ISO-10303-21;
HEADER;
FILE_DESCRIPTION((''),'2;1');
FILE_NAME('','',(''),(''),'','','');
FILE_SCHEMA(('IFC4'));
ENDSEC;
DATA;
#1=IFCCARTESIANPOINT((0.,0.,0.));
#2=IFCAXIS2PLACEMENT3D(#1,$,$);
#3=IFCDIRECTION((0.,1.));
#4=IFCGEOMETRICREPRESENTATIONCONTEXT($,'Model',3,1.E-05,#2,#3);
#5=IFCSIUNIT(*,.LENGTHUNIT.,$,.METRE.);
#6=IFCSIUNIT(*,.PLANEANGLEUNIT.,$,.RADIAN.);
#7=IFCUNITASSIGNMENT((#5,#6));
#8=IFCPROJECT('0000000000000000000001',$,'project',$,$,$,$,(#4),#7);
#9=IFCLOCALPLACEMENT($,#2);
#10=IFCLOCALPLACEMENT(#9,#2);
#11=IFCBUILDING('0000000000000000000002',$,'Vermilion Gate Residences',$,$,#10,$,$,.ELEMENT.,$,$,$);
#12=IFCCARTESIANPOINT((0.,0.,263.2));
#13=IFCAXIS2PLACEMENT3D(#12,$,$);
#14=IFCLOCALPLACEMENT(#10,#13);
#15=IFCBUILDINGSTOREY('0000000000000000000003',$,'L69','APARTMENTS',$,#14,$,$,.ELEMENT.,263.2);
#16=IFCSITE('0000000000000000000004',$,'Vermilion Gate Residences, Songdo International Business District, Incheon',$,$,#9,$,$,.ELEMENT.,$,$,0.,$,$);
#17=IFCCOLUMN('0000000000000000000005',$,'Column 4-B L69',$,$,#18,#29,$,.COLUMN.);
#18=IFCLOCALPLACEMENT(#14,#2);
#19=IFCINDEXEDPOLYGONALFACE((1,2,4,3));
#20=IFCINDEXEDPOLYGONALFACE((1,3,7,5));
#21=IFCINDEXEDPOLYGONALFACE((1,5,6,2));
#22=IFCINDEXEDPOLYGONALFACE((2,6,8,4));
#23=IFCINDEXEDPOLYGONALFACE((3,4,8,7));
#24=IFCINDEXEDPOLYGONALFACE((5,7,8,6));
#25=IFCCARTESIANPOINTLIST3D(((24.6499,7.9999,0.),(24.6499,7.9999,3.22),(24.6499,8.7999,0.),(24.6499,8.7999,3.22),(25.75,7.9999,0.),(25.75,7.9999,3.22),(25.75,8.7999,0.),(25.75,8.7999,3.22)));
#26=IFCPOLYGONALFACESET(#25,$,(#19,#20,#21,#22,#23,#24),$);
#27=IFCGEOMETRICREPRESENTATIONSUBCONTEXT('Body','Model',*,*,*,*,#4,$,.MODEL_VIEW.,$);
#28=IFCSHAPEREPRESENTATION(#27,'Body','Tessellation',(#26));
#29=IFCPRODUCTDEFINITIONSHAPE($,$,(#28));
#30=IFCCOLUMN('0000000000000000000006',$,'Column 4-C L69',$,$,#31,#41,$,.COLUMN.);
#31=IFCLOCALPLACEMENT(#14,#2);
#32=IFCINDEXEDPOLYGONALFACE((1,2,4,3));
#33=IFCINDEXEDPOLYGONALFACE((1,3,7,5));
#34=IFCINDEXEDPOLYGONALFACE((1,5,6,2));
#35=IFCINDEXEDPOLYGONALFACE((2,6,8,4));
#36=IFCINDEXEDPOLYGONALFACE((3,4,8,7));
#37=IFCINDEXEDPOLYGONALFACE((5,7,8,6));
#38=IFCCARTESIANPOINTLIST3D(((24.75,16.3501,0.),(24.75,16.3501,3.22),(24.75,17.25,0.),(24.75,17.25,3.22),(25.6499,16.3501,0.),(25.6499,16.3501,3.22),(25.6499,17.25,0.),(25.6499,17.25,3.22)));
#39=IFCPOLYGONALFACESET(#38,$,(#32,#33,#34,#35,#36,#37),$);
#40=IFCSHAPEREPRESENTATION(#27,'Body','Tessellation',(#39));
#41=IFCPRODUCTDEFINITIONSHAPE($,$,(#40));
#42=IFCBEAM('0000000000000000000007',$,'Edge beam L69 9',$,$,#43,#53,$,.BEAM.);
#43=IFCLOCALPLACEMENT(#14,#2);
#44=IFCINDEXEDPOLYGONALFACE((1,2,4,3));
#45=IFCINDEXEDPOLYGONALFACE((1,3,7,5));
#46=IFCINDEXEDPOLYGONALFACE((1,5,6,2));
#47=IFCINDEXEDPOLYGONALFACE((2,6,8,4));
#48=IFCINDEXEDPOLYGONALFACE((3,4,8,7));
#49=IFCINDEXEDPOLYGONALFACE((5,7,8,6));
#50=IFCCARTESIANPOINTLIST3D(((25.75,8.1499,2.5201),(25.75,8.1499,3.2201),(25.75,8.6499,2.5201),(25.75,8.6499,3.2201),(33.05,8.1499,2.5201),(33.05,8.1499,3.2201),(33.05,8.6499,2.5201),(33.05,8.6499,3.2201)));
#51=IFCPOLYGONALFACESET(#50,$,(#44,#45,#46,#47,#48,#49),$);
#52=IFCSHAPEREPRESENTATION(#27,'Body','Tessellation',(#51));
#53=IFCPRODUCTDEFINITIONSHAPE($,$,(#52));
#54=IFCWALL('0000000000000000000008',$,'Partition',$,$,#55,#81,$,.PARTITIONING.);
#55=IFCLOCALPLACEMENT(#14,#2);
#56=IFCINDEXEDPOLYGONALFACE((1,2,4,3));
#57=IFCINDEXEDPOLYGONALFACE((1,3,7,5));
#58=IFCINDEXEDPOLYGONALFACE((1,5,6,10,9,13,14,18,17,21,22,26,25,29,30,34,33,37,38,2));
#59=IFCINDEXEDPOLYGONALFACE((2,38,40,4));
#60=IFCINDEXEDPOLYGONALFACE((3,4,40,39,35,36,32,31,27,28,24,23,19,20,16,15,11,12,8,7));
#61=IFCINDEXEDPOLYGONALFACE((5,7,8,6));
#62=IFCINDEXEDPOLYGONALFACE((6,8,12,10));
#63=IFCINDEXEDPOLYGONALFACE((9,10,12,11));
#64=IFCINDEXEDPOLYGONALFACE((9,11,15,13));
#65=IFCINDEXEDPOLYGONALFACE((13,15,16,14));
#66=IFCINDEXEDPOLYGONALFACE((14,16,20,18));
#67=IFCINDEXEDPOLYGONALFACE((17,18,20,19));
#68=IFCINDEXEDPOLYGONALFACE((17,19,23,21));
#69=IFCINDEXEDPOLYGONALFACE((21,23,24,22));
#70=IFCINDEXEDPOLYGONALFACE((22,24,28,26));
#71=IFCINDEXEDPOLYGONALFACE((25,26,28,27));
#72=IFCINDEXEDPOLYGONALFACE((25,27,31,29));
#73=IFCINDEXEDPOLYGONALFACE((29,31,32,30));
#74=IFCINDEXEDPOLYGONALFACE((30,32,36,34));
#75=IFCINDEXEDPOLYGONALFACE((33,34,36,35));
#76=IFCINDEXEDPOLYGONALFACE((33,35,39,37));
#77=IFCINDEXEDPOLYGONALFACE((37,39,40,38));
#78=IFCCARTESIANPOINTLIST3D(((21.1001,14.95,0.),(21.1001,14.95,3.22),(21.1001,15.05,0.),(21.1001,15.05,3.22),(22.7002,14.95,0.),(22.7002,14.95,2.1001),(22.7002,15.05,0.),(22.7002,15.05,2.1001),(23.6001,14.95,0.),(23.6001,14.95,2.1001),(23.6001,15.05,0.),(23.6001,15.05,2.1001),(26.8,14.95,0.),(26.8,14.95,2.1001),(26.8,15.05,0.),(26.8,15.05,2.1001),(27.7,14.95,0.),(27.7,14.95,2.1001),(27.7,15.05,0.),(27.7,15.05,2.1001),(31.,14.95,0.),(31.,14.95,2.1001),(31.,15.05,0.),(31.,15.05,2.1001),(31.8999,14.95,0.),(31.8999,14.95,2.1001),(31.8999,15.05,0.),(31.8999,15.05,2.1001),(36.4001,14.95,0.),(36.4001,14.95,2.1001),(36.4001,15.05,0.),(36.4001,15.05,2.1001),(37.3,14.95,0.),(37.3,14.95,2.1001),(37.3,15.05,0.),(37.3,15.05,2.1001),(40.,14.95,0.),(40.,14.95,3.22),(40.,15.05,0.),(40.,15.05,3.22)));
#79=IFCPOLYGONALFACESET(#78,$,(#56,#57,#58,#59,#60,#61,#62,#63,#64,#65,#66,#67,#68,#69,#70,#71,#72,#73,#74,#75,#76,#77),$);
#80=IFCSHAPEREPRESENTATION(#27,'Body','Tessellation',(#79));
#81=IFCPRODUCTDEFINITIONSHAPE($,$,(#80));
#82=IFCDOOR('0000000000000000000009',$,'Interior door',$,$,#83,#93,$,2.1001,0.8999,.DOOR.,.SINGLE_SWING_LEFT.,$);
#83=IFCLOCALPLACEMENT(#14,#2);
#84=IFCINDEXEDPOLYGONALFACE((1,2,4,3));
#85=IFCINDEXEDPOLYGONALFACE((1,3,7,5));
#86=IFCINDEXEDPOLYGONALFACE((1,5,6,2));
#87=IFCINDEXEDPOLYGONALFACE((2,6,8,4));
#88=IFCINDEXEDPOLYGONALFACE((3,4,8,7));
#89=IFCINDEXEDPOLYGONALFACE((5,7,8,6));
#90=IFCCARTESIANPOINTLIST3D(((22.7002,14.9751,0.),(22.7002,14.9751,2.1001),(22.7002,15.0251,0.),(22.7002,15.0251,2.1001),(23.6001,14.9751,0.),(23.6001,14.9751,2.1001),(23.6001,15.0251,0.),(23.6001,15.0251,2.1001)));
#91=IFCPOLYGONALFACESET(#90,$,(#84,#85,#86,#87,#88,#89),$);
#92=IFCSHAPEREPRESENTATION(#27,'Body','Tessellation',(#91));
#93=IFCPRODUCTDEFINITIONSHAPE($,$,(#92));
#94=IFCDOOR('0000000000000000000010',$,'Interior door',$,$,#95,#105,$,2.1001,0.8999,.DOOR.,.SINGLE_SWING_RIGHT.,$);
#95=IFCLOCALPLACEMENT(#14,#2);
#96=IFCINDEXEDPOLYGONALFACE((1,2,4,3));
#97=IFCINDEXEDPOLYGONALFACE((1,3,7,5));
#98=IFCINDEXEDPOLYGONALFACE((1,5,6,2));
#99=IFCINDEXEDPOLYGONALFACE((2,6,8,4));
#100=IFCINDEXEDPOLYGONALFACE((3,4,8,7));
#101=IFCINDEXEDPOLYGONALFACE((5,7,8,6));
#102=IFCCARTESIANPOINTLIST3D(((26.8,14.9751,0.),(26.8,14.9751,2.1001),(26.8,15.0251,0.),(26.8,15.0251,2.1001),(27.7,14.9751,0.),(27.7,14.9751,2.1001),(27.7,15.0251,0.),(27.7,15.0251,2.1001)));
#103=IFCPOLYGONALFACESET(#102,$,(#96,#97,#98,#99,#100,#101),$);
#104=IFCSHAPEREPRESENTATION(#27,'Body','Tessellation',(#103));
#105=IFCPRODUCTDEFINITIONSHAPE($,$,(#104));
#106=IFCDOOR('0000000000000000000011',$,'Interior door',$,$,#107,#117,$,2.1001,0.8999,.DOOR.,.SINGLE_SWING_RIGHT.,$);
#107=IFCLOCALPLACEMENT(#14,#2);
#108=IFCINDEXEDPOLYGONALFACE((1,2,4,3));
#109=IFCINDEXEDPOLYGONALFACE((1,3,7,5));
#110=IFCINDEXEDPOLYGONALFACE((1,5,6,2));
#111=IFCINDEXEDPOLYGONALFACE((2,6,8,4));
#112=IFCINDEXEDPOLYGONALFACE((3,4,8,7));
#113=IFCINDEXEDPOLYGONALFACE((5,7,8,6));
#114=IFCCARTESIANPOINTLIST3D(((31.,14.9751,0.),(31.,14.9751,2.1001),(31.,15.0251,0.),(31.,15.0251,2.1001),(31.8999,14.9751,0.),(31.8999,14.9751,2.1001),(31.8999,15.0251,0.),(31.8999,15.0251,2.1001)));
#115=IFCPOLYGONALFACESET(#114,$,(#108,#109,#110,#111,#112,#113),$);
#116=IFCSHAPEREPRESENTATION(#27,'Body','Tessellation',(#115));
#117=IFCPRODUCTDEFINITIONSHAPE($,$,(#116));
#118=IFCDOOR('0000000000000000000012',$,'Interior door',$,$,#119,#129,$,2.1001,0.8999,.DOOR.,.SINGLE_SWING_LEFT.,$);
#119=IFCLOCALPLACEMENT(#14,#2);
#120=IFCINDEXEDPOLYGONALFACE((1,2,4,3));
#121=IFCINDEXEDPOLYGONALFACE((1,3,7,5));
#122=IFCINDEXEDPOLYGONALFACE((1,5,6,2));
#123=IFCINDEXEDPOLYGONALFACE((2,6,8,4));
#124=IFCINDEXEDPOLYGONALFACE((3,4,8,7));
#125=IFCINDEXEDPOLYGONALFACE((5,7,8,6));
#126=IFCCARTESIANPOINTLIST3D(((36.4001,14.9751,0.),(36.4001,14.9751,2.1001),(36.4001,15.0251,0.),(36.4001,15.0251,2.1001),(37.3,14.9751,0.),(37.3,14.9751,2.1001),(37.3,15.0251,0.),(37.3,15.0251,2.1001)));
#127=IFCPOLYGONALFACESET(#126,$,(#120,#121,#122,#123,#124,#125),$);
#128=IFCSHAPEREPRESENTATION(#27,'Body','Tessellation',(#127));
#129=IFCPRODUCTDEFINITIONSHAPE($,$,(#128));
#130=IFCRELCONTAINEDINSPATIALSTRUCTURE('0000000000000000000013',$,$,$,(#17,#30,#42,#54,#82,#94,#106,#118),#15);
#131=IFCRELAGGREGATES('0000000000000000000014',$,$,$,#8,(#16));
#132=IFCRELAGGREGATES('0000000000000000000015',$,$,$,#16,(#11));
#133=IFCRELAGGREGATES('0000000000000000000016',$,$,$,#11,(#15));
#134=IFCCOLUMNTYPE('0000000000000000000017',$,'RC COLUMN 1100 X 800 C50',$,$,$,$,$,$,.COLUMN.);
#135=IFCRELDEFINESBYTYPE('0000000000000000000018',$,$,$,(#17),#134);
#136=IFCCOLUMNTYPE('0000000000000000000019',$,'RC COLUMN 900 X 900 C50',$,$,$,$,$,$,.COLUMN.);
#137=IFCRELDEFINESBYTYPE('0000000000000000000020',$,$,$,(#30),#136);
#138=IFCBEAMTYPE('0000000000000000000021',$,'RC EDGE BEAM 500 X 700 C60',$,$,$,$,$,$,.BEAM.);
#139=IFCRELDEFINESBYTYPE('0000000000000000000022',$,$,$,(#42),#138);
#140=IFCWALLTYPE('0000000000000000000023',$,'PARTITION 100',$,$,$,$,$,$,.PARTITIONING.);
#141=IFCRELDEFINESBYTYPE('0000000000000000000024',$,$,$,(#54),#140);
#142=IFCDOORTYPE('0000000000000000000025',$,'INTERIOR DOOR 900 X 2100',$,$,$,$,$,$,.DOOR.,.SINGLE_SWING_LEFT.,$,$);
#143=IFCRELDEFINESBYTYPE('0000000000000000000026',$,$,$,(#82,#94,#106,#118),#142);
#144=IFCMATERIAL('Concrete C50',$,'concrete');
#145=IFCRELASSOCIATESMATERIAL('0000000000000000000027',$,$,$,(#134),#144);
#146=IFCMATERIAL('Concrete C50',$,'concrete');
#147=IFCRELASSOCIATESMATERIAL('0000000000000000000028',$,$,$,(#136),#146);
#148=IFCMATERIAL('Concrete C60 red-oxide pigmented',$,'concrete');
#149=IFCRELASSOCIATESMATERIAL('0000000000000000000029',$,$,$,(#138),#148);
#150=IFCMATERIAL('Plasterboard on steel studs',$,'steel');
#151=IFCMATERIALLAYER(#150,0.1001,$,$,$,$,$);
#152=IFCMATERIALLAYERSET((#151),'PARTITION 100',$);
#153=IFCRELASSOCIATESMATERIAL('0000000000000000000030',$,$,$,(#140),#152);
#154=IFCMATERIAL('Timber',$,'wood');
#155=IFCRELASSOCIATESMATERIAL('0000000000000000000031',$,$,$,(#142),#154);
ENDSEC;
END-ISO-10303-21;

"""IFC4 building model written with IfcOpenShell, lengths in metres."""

from ifc_helpers import new_model, si_unit, direction, frame, frame_2d, origin, origin_2d, place, context, subcontext, project, spatial, rectangle, extrude, material, layer, layer_set, material_profile, profile_set, type_object, element, fill, save


model = new_model("IFC4")

# Units and contexts
model_context = context("Model", 3, precision=1e-05, world=origin(), true_north=direction((0.0, 1.0)))
body_context = subcontext(model_context, "Body", "Model", "MODEL_VIEW")
ifc_project = project(units=[si_unit("LENGTHUNIT", "METRE"), si_unit("PLANEANGLEUNIT", "RADIAN")], contexts=[model_context])

# Site, building, storey
site_placement = place(None, origin())
site = spatial("IfcSite", under=ifc_project, at=site_placement, Name="Vermilion Gate Residences, Songdo International Business District, Incheon", CompositionType="ELEMENT", RefElevation=0.0)
building_placement = place(site_placement, origin())
building = spatial("IfcBuilding", under=site, at=building_placement, Name="Vermilion Gate Residences", CompositionType="ELEMENT")
storey_placement = place(building_placement, frame((0.0, 0.0, 263.2)))
storey = spatial("IfcBuildingStorey", under=building, at=storey_placement, Name="L69", Description="APARTMENTS", CompositionType="ELEMENT", Elevation=263.2)

# Columns
ifc_material_1 = material(Name="Concrete C50", Category="concrete")
ifc_material_profile_1 = material_profile(ifc_material_1, rectangle(XDim=1.1001, YDim=0.8, at=origin_2d()), Name="RC-1100x800")
ifc_profile_set_1 = profile_set([ifc_material_profile_1], Name="Concrete C50")
column_type_1 = type_object("IfcColumnType", Name="RC COLUMN 1100 X 800 C50", PredefinedType="COLUMN", material=ifc_profile_set_1)
column_1_placement = place(storey_placement, frame((25.2, 8.3999, 0.0), z_axis=(0.0, 0.0, 1.0), x_axis=(1.0, 0.0, 0.0)))
element("IfcColumn", 1, at=column_1_placement, inside=storey, type_object=column_type_1, Name="Column 4-B L69", PredefinedType="COLUMN", context=body_context, shape_type="SweptSolid", body=[
    extrude(rectangle(XDim=1.1001, YDim=0.8, at=origin_2d()), origin(), (0.0, 0.0, 1.0), 3.22),
])
ifc_material_2 = material(Name="Concrete C50", Category="concrete")
ifc_material_profile_2 = material_profile(ifc_material_2, rectangle(XDim=0.8999, YDim=0.8999, at=origin_2d()), Name="RC-900x900")
ifc_profile_set_2 = profile_set([ifc_material_profile_2], Name="Concrete C50")
column_type_2 = type_object("IfcColumnType", Name="RC COLUMN 900 X 900 C50", PredefinedType="COLUMN", material=ifc_profile_set_2)
column_2_placement = place(storey_placement, frame((25.2, 16.8, 0.0), z_axis=(0.0, 0.0, 1.0), x_axis=(1.0, 0.0, 0.0)))
element("IfcColumn", 2, at=column_2_placement, inside=storey, type_object=column_type_2, Name="Column 4-C L69", PredefinedType="COLUMN", context=body_context, shape_type="SweptSolid", body=[
    extrude(rectangle(XDim=0.8999, YDim=0.8999, at=origin_2d()), origin(), (0.0, 0.0, 1.0), 3.22),
])

# Beam
ifc_material_3 = material(Name="Concrete C60 red-oxide pigmented", Category="concrete")
ifc_material_profile_3 = material_profile(ifc_material_3, rectangle(XDim=0.5, YDim=0.7, at=origin_2d()), Name="RC-500x700")
ifc_profile_set_3 = profile_set([ifc_material_profile_3], Name="Concrete C60 red-oxide pigmented")
beam_type = type_object("IfcBeamType", Name="RC EDGE BEAM 500 X 700 C60", PredefinedType="BEAM", material=ifc_profile_set_3)
beam_placement = place(storey_placement, frame((25.75, 8.3999, 2.8701), z_axis=(1.0, 0.0, 0.0), x_axis=(0.0, 1.0, 0.0)))
element("IfcBeam", 3, at=beam_placement, inside=storey, type_object=beam_type, Name="Edge beam L69 9", PredefinedType="BEAM", context=body_context, shape_type="SweptSolid", body=[
    extrude(rectangle(XDim=0.5, YDim=0.7, at=origin_2d()), origin(), (0.0, 0.0, 1.0), 7.3),
])

# Wall, openings, doors
ifc_material_4 = material(Name="Plasterboard on steel studs", Category="steel")
ifc_layer_1 = layer(ifc_material_4, 0.1001)
ifc_layer_set_1 = layer_set([ifc_layer_1], Name="PARTITION 100")
wall_type_1 = type_object("IfcWallType", Name="PARTITION 100", PredefinedType="PARTITIONING", material=ifc_layer_set_1)
wall_1_placement = place(storey_placement, frame((21.1001, 15.0, 0.0), z_axis=(0.0, 0.0, 1.0), x_axis=(1.0, 0.0, 0.0)))
wall_1 = element("IfcWall", 4, at=wall_1_placement, inside=storey, type_object=wall_type_1, Name="Partition", PredefinedType="PARTITIONING", context=body_context, shape_type="SweptSolid", body=[
    extrude(rectangle(XDim=18.8999, YDim=0.1001, at=frame_2d((9.45, 0.0))), origin(), (0.0, 0.0, 1.0), 3.22),
])
opening_1_placement = place(wall_1_placement, frame((1.6001, 0.0, 0.0)))
opening_1 = element("IfcOpeningElement", 5, at=opening_1_placement, cuts=wall_1, PredefinedType="OPENING", context=body_context, shape_type="SweptSolid", body=[
    extrude(rectangle(XDim=0.8999, YDim=2.1001, at=frame_2d((0.45, 1.05))), frame((0.0, 0.0601, 0.0), z_axis=(0.0, -1.0, 0.0), x_axis=(1.0, 0.0, 0.0)), (0.0, 0.0, 1.0), 0.1201),
])
opening_2_placement = place(wall_1_placement, frame((5.7, 0.0, 0.0)))
opening_2 = element("IfcOpeningElement", 6, at=opening_2_placement, cuts=wall_1, PredefinedType="OPENING", context=body_context, shape_type="SweptSolid", body=[
    extrude(rectangle(XDim=0.8999, YDim=2.1001, at=frame_2d((0.45, 1.05))), frame((0.0, 0.0601, 0.0), z_axis=(0.0, -1.0, 0.0), x_axis=(1.0, 0.0, 0.0)), (0.0, 0.0, 1.0), 0.1201),
])
opening_3_placement = place(wall_1_placement, frame((9.8999, 0.0, 0.0)))
opening_3 = element("IfcOpeningElement", 7, at=opening_3_placement, cuts=wall_1, PredefinedType="OPENING", context=body_context, shape_type="SweptSolid", body=[
    extrude(rectangle(XDim=0.8999, YDim=2.1001, at=frame_2d((0.45, 1.05))), frame((0.0, 0.0601, 0.0), z_axis=(0.0, -1.0, 0.0), x_axis=(1.0, 0.0, 0.0)), (0.0, 0.0, 1.0), 0.1201),
])
opening_4_placement = place(wall_1_placement, frame((15.3, 0.0, 0.0)))
opening_4 = element("IfcOpeningElement", 8, at=opening_4_placement, cuts=wall_1, PredefinedType="OPENING", context=body_context, shape_type="SweptSolid", body=[
    extrude(rectangle(XDim=0.8999, YDim=2.1001, at=frame_2d((0.45, 1.05))), frame((0.0, 0.0601, 0.0), z_axis=(0.0, -1.0, 0.0), x_axis=(1.0, 0.0, 0.0)), (0.0, 0.0, 1.0), 0.1201),
])
ifc_material_5 = material(Name="Timber", Category="wood")
door_type_1 = type_object("IfcDoorType", Name="INTERIOR DOOR 900 X 2100", OperationType="SINGLE_SWING_LEFT", PredefinedType="DOOR", material=ifc_material_5)
door_1_placement = place(opening_1_placement, frame((0.8999, 0.0, 0.0), z_axis=(0.0, 0.0, 1.0), x_axis=(-1.0, 0.0, 0.0)))
door_1 = element("IfcDoor", 9, at=door_1_placement, inside=storey, type_object=door_type_1, Name="Interior door", OperationType="SINGLE_SWING_LEFT", OverallHeight=2.1001, OverallWidth=0.8999, PredefinedType="DOOR", context=body_context, shape_type="SweptSolid", body=[
    extrude(rectangle(XDim=0.8999, YDim=2.1001, at=frame_2d((0.45, 1.05))), frame((0.0, 0.0249, 0.0), z_axis=(0.0, -1.0, 0.0), x_axis=(1.0, 0.0, 0.0)), (0.0, 0.0, 1.0), 0.05),
])
fill(opening_1, door_1)
door_2_placement = place(opening_2_placement, frame((0.8999, 0.0, 0.0), z_axis=(0.0, 0.0, 1.0), x_axis=(-1.0, 0.0, 0.0)))
door_2 = element("IfcDoor", 10, at=door_2_placement, inside=storey, type_object=door_type_1, Name="Interior door", OperationType="SINGLE_SWING_RIGHT", OverallHeight=2.1001, OverallWidth=0.8999, PredefinedType="DOOR", context=body_context, shape_type="SweptSolid", body=[
    extrude(rectangle(XDim=0.8999, YDim=2.1001, at=frame_2d((0.45, 1.05))), frame((0.0, 0.0249, 0.0), z_axis=(0.0, -1.0, 0.0), x_axis=(1.0, 0.0, 0.0)), (0.0, 0.0, 1.0), 0.05),
])
fill(opening_2, door_2)
door_3_placement = place(opening_3_placement, frame((0.8999, 0.0, 0.0), z_axis=(0.0, 0.0, 1.0), x_axis=(-1.0, 0.0, 0.0)))
door_3 = element("IfcDoor", 11, at=door_3_placement, inside=storey, type_object=door_type_1, Name="Interior door", OperationType="SINGLE_SWING_RIGHT", OverallHeight=2.1001, OverallWidth=0.8999, PredefinedType="DOOR", context=body_context, shape_type="SweptSolid", body=[
    extrude(rectangle(XDim=0.8999, YDim=2.1001, at=frame_2d((0.45, 1.05))), frame((0.0, 0.0249, 0.0), z_axis=(0.0, -1.0, 0.0), x_axis=(1.0, 0.0, 0.0)), (0.0, 0.0, 1.0), 0.05),
])
fill(opening_3, door_3)
door_4_placement = place(opening_4_placement, frame((0.8999, 0.0, 0.0), z_axis=(0.0, 0.0, 1.0), x_axis=(-1.0, 0.0, 0.0)))
door_4 = element("IfcDoor", 12, at=door_4_placement, inside=storey, type_object=door_type_1, Name="Interior door", OperationType="SINGLE_SWING_LEFT", OverallHeight=2.1001, OverallWidth=0.8999, PredefinedType="DOOR", context=body_context, shape_type="SweptSolid", body=[
    extrude(rectangle(XDim=0.8999, YDim=2.1001, at=frame_2d((0.45, 1.05))), frame((0.0, 0.0249, 0.0), z_axis=(0.0, -1.0, 0.0), x_axis=(1.0, 0.0, 0.0)), (0.0, 0.0, 1.0), 0.05),
])
fill(opening_4, door_4)

save(model, "model.ifc")
